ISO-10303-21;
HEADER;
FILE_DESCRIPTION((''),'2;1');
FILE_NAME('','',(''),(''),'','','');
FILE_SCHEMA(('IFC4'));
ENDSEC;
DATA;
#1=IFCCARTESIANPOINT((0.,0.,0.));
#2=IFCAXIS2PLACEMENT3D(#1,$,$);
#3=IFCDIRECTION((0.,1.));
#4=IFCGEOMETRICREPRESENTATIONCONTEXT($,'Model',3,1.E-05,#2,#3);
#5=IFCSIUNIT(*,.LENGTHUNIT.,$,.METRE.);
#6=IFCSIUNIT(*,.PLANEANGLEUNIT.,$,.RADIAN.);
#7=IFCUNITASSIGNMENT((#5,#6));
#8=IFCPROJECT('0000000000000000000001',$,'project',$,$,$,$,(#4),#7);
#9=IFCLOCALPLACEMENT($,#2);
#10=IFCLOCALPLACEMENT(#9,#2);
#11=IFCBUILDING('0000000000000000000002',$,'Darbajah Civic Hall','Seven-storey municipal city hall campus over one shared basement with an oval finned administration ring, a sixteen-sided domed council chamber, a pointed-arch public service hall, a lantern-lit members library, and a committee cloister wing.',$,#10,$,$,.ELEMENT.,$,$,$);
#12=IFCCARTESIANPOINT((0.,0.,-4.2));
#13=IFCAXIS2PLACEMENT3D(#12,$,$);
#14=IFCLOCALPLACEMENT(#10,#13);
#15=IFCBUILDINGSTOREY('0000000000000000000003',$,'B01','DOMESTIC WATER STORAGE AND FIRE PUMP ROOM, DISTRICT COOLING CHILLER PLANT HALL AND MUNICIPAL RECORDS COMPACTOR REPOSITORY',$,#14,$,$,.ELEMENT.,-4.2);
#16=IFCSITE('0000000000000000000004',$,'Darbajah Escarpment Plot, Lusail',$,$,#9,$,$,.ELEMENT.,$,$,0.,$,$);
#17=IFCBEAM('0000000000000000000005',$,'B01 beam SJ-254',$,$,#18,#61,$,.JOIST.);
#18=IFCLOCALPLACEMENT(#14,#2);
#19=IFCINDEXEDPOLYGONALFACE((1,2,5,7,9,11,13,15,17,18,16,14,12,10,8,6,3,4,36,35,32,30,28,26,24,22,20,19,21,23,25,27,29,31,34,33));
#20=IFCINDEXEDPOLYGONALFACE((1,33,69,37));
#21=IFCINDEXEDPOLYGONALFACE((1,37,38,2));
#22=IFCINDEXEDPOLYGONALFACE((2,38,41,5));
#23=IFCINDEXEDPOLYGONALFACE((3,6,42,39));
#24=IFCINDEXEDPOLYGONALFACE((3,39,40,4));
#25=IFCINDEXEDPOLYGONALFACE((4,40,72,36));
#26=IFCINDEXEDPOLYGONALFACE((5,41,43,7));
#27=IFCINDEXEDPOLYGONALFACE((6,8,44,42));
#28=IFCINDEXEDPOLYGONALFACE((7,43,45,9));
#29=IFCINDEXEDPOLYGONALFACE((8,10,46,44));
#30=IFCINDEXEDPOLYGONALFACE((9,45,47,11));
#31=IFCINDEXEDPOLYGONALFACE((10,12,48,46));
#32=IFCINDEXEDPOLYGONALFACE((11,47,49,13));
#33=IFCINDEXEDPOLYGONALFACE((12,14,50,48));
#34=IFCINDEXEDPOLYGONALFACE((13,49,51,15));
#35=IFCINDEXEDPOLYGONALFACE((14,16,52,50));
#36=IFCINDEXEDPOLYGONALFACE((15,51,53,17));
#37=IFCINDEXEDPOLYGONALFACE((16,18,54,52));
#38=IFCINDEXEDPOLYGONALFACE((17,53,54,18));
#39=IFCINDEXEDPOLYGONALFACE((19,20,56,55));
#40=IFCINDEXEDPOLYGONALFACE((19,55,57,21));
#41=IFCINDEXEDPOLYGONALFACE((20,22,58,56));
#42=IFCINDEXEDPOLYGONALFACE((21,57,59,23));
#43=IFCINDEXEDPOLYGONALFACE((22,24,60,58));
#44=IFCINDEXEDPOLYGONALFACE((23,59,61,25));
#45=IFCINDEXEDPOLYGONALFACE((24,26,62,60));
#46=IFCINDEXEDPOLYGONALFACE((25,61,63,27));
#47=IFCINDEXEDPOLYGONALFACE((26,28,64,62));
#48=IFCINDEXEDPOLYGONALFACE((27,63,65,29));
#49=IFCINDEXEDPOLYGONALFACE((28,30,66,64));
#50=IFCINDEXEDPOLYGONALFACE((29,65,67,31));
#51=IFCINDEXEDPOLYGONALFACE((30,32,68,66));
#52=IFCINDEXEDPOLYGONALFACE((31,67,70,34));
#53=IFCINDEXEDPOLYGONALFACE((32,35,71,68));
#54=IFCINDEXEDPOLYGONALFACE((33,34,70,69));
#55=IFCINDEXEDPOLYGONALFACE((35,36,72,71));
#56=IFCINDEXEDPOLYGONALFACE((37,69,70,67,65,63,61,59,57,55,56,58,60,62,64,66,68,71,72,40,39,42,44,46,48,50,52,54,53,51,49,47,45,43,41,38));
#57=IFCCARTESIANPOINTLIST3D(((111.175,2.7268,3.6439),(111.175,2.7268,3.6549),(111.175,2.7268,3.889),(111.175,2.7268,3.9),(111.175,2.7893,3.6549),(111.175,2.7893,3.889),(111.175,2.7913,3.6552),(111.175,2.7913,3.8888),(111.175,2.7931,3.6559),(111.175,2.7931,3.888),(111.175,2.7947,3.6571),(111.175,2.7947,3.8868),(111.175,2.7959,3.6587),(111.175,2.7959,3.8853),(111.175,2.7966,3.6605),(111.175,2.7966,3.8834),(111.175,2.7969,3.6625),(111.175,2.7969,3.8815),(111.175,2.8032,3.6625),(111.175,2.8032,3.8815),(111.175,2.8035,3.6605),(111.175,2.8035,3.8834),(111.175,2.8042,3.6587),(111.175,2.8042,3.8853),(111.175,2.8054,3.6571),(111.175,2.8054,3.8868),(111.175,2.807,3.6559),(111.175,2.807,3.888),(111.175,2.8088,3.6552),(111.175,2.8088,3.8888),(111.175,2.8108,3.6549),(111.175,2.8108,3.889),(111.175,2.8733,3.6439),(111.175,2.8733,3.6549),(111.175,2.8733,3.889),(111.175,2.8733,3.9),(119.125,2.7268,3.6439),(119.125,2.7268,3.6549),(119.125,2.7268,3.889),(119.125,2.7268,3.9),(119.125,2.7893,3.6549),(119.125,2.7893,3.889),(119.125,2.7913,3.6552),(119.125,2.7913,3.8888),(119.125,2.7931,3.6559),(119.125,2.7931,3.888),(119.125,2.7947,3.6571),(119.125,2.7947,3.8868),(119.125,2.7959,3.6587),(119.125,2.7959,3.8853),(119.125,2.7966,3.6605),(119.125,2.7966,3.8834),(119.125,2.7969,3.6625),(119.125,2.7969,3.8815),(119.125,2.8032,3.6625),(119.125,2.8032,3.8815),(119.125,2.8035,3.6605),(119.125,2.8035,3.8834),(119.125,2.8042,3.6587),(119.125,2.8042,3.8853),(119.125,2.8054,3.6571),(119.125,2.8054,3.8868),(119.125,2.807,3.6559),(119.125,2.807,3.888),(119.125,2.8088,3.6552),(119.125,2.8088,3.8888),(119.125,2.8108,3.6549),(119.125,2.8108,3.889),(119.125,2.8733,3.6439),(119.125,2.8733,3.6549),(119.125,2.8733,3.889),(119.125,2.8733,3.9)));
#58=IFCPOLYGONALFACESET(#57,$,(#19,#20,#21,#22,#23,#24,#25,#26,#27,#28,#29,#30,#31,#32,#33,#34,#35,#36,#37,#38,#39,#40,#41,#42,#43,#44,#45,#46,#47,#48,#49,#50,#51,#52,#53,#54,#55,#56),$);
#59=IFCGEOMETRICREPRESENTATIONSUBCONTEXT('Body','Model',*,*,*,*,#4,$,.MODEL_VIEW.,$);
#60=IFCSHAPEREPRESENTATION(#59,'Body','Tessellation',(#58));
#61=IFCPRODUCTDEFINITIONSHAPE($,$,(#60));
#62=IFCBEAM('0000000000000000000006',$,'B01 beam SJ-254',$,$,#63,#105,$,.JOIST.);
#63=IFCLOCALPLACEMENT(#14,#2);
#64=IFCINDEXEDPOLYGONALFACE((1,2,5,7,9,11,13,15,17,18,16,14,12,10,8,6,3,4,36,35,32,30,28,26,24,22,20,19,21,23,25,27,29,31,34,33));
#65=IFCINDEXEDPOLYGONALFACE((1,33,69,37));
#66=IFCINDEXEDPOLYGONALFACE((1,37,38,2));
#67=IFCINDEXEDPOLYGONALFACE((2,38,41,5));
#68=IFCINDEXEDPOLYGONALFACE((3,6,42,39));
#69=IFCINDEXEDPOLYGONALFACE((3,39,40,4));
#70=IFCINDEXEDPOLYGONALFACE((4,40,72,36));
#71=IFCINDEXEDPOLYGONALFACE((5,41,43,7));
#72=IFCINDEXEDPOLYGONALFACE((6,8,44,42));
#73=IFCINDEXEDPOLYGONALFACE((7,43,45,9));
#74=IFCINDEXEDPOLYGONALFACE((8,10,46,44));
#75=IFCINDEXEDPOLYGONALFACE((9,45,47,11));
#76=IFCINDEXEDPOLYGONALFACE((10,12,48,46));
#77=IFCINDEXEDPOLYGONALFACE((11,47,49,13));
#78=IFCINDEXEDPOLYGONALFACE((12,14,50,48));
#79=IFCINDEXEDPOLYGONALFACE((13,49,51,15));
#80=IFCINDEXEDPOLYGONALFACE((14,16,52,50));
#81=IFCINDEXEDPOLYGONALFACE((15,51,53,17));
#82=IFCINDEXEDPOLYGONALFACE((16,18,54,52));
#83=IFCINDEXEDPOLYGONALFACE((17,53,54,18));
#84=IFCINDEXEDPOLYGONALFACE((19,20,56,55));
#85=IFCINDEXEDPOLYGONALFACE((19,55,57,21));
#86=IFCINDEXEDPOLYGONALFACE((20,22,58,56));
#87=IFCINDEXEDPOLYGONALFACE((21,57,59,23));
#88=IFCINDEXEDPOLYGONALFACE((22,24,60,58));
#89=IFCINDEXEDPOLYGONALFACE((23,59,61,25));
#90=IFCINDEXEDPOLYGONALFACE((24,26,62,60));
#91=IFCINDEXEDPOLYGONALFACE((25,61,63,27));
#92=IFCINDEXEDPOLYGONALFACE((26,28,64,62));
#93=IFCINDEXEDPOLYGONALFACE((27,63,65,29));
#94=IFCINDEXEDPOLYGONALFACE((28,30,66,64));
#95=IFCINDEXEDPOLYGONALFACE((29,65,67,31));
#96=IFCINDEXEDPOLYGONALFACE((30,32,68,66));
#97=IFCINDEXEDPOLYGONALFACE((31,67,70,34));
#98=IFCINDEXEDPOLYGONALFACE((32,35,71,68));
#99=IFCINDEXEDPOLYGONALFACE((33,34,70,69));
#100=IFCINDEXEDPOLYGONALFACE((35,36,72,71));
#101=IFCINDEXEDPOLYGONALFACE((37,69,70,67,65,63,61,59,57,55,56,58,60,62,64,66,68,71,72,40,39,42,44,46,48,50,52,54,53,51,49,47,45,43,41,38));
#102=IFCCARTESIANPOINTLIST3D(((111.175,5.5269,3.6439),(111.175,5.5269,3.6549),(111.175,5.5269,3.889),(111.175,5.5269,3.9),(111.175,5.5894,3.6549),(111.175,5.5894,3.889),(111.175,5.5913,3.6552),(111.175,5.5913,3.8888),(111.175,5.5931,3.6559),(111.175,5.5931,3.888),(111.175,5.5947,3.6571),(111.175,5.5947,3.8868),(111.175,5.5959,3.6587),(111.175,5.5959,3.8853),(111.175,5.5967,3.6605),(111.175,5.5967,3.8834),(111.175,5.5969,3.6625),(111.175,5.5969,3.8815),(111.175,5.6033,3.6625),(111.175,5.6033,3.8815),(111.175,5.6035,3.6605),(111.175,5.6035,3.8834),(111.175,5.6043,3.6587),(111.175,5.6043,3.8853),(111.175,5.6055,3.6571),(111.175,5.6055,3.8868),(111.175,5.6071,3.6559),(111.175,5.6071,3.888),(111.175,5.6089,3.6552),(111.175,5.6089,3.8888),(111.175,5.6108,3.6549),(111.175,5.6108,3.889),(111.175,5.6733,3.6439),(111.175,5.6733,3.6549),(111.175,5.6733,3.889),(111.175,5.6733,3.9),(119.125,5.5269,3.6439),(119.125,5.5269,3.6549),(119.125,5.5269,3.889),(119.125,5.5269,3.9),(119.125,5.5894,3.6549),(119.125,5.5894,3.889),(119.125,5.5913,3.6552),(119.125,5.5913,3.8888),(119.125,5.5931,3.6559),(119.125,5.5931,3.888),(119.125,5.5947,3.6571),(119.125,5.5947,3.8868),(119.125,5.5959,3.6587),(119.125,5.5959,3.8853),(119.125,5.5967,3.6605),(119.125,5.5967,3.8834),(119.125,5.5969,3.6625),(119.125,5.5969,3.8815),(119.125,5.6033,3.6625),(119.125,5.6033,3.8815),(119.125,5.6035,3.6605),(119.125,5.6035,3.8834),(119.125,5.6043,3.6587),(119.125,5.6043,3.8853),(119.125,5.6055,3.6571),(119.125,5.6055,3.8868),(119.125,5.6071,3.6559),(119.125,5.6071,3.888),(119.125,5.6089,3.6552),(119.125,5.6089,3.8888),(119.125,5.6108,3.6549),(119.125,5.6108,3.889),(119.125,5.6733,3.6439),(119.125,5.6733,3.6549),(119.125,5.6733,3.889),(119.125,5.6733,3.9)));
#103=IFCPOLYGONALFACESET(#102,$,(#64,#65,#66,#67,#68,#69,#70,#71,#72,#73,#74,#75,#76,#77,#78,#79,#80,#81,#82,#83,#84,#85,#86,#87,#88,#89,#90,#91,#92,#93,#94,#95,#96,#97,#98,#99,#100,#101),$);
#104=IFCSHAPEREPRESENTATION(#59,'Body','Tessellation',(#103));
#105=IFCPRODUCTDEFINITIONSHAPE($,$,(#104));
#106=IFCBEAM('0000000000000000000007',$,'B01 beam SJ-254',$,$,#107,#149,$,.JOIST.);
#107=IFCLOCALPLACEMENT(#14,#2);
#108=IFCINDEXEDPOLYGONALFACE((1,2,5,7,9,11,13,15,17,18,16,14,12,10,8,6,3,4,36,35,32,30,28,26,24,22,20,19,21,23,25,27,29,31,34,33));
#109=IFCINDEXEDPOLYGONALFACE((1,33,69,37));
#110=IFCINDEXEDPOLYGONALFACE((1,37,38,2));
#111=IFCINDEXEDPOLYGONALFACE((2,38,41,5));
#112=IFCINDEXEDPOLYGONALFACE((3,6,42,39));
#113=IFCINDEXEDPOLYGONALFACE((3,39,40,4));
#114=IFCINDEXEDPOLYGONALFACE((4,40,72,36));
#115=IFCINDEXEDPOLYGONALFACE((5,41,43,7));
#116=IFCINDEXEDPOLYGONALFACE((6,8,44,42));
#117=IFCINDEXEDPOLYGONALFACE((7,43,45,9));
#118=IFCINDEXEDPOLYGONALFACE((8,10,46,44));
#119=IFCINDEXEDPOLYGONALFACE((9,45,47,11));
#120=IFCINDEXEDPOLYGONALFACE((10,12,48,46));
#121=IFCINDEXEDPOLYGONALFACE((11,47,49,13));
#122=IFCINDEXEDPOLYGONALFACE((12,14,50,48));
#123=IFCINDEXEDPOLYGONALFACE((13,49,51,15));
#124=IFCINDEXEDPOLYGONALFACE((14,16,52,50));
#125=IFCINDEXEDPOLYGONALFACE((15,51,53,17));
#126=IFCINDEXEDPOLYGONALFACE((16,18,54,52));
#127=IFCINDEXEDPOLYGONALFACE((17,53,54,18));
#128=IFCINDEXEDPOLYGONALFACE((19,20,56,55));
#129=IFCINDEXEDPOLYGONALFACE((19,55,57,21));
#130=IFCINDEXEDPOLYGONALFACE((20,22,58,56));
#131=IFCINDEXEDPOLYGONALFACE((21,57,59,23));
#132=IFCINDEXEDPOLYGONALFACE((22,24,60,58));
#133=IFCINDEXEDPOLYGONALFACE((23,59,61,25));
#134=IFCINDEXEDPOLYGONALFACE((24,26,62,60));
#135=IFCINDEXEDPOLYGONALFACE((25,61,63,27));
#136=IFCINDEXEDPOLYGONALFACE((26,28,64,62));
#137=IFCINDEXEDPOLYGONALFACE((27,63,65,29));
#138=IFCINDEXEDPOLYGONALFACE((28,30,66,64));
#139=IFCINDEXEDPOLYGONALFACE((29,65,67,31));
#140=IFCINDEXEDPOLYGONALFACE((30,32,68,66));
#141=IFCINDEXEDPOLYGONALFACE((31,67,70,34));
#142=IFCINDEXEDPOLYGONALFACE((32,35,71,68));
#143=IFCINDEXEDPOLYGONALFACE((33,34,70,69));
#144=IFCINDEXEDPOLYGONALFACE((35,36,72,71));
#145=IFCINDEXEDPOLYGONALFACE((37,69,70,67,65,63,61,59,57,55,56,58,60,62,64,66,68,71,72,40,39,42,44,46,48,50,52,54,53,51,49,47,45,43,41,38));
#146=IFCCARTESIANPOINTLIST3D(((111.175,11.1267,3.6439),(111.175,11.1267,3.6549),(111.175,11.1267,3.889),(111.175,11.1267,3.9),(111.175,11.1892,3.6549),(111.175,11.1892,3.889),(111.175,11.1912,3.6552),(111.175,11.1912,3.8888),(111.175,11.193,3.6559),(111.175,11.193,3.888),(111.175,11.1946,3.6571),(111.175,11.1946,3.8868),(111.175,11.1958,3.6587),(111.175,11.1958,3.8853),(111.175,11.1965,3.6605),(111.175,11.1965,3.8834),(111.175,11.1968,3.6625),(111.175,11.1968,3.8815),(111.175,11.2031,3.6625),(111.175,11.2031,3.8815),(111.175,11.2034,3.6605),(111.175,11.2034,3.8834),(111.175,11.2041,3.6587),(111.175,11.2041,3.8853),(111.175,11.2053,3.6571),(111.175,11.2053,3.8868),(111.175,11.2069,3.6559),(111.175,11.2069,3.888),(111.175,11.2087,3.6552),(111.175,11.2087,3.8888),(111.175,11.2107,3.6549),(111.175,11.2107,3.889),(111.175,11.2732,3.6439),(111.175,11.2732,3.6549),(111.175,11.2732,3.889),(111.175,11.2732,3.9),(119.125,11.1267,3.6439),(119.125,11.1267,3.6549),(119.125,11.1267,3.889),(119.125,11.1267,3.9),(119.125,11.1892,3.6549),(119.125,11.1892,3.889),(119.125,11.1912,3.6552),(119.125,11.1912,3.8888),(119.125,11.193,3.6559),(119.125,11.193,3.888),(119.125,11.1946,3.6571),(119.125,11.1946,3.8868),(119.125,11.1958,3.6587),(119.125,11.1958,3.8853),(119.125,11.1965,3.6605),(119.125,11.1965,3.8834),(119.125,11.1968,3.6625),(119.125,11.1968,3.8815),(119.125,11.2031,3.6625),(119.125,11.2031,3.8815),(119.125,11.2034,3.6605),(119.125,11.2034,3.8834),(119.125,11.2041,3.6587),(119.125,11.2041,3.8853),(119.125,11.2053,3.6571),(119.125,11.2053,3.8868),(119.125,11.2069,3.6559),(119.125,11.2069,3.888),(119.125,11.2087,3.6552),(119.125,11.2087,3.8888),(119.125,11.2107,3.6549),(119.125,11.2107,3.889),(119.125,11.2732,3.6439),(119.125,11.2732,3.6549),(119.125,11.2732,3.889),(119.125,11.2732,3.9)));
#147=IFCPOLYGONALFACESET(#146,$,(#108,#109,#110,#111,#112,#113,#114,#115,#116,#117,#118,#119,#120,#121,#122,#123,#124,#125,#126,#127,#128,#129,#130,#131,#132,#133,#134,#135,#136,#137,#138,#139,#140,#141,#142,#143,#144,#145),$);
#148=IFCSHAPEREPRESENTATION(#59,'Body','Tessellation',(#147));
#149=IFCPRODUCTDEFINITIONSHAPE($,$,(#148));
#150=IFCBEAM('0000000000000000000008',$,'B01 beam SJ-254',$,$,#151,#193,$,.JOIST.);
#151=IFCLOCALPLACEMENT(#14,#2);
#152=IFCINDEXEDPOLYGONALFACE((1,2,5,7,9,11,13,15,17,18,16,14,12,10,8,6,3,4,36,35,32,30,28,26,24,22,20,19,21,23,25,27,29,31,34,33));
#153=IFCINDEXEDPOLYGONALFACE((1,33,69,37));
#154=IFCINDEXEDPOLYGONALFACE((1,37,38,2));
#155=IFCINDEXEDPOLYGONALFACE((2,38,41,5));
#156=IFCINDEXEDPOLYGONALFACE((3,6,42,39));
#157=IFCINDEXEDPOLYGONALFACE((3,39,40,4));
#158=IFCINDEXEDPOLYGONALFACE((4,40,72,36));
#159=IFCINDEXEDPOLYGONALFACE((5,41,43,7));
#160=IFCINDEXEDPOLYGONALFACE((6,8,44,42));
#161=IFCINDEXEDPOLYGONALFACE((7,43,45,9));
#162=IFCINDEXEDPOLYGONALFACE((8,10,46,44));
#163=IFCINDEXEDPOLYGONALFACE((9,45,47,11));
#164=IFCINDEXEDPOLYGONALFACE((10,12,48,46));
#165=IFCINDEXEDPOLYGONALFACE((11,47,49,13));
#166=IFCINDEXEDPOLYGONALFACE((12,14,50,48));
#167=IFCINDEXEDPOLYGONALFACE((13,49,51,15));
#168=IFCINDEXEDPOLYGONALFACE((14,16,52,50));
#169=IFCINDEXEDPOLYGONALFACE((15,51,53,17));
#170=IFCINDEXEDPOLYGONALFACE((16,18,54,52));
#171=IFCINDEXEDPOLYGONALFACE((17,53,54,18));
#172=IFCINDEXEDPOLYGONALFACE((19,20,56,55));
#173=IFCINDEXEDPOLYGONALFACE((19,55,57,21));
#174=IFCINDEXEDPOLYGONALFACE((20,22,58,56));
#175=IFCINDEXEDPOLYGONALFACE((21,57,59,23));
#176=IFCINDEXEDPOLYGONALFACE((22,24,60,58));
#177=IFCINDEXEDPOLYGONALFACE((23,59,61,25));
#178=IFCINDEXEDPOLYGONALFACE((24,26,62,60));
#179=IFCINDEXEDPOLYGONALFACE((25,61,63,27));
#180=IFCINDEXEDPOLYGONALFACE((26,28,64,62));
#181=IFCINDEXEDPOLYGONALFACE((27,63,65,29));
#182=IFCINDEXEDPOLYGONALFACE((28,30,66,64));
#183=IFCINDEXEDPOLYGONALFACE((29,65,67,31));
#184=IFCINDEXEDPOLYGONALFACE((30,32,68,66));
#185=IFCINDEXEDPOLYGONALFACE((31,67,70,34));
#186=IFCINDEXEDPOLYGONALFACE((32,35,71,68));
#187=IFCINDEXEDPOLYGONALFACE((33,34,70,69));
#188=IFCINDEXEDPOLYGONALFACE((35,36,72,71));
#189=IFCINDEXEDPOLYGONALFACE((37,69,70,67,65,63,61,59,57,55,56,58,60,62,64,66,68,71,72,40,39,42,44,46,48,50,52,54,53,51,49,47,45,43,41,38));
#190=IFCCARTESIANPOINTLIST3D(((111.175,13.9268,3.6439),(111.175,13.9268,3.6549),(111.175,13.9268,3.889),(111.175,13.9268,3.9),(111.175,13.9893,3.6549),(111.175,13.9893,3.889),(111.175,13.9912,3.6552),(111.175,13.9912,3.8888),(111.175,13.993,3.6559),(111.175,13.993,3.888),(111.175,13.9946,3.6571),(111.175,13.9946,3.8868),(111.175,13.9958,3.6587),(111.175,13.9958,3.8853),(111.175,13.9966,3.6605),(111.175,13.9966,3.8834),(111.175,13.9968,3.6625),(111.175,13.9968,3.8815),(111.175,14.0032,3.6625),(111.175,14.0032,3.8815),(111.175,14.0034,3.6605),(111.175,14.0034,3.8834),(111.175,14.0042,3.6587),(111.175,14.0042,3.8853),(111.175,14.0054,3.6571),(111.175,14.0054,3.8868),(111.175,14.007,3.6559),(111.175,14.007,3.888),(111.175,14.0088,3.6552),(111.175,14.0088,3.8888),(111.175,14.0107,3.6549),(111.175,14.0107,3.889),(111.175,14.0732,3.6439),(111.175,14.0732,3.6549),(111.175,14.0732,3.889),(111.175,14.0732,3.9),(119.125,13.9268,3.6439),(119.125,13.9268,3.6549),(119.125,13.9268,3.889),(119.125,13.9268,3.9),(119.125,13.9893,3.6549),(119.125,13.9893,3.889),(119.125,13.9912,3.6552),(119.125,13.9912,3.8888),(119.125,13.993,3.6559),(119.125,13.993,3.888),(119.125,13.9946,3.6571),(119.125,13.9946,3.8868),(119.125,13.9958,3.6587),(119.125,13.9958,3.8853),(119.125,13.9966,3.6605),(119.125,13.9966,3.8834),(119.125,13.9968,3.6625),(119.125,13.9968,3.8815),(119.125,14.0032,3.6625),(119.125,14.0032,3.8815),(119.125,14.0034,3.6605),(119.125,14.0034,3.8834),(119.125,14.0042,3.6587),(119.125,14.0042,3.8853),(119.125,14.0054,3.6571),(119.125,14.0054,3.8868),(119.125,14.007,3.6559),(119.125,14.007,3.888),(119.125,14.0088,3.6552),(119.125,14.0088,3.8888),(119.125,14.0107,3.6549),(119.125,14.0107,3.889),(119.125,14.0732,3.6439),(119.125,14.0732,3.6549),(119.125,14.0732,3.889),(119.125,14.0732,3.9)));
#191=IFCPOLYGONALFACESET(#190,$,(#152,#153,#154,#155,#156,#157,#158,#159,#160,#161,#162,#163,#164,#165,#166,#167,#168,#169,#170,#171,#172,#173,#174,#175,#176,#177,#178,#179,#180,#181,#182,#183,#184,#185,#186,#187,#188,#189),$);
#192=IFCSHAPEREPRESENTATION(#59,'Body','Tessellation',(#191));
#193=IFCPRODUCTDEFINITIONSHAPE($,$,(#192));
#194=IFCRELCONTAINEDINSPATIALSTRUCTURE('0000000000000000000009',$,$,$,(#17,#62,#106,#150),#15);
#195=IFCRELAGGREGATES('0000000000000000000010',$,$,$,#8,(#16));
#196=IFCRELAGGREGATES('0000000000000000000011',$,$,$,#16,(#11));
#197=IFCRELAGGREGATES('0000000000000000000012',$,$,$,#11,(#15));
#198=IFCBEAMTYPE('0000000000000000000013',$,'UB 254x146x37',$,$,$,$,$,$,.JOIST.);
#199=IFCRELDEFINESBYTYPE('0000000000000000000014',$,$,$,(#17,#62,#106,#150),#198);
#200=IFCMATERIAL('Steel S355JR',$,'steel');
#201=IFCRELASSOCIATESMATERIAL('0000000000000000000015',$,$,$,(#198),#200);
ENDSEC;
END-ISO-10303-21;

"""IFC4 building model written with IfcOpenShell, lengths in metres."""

from ifc_helpers import new_model, si_unit, direction, frame, origin, origin_2d, place, context, subcontext, project, spatial, i_section, extrude, material, material_profile, profile_set, type_object, element, save


model = new_model("IFC4")

# Units and contexts
model_context = context("Model", 3, precision=1e-05, world=origin(), true_north=direction((0.0, 1.0)))
body_context = subcontext(model_context, "Body", "Model", "MODEL_VIEW")
ifc_project = project(units=[si_unit("LENGTHUNIT", "METRE"), si_unit("PLANEANGLEUNIT", "RADIAN")], contexts=[model_context])

# Site, building, storey
site_placement = place(None, origin())
site = spatial("IfcSite", under=ifc_project, at=site_placement, Name="Darbajah Escarpment Plot, Lusail", CompositionType="ELEMENT", RefElevation=0.0)
building_placement = place(site_placement, origin())
building = spatial("IfcBuilding", under=site, at=building_placement, Name="Darbajah Civic Hall", Description="Seven-storey municipal city hall campus over one shared basement with an oval finned administration ring, a sixteen-sided domed council chamber, a pointed-arch public service hall, a lantern-lit members library, and a committee cloister wing.", CompositionType="ELEMENT")
storey_placement = place(building_placement, frame((0.0, 0.0, -4.2)))
storey = spatial("IfcBuildingStorey", under=building, at=storey_placement, Name="B01", Description="DOMESTIC WATER STORAGE AND FIRE PUMP ROOM, DISTRICT COOLING CHILLER PLANT HALL AND MUNICIPAL RECORDS COMPACTOR REPOSITORY", CompositionType="ELEMENT", Elevation=-4.2)

# Beams
ifc_material_1 = material(Name="Steel S355JR", Category="steel")
ifc_material_profile_1 = material_profile(ifc_material_1, i_section(OverallWidth=0.1465, OverallDepth=0.2561, WebThickness=0.0063, FlangeThickness=0.011, FilletRadius=0.0076, at=origin_2d()), Name="UB 254x146x37")
ifc_profile_set_1 = profile_set([ifc_material_profile_1], Name="Steel S355JR")
beam_type_1 = type_object("IfcBeamType", Name="UB 254x146x37", PredefinedType="JOIST", material=ifc_profile_set_1)
for number, where, z_axis, x_axis, name in (
    (1, (111.175, 2.8, 3.772), (1.0, 0.0, 0.0), (0.0, 1.0, 0.0), "B01 beam SJ-254"),
    (2, (111.175, 5.6001, 3.772), (1.0, 0.0, 0.0), (0.0, 1.0, 0.0), "B01 beam SJ-254"),
    (3, (111.175, 11.2, 3.772), (1.0, 0.0, 0.0), (0.0, 1.0, 0.0), "B01 beam SJ-254"),
    (4, (111.175, 14.0, 3.772), (1.0, 0.0, 0.0), (0.0, 1.0, 0.0), "B01 beam SJ-254"),
):
    element("IfcBeam", number, at=place(storey_placement, frame(where, z_axis=z_axis, x_axis=x_axis)), inside=storey, type_object=beam_type_1, Name=name, PredefinedType="JOIST", context=body_context, shape_type="SweptSolid", body=[
        extrude(i_section(OverallWidth=0.1465, OverallDepth=0.2561, WebThickness=0.0063, FlangeThickness=0.011, FilletRadius=0.0076, at=origin_2d()), origin(), (0.0, 0.0, 1.0), 7.95),
    ])

save(model, "model.ifc")
